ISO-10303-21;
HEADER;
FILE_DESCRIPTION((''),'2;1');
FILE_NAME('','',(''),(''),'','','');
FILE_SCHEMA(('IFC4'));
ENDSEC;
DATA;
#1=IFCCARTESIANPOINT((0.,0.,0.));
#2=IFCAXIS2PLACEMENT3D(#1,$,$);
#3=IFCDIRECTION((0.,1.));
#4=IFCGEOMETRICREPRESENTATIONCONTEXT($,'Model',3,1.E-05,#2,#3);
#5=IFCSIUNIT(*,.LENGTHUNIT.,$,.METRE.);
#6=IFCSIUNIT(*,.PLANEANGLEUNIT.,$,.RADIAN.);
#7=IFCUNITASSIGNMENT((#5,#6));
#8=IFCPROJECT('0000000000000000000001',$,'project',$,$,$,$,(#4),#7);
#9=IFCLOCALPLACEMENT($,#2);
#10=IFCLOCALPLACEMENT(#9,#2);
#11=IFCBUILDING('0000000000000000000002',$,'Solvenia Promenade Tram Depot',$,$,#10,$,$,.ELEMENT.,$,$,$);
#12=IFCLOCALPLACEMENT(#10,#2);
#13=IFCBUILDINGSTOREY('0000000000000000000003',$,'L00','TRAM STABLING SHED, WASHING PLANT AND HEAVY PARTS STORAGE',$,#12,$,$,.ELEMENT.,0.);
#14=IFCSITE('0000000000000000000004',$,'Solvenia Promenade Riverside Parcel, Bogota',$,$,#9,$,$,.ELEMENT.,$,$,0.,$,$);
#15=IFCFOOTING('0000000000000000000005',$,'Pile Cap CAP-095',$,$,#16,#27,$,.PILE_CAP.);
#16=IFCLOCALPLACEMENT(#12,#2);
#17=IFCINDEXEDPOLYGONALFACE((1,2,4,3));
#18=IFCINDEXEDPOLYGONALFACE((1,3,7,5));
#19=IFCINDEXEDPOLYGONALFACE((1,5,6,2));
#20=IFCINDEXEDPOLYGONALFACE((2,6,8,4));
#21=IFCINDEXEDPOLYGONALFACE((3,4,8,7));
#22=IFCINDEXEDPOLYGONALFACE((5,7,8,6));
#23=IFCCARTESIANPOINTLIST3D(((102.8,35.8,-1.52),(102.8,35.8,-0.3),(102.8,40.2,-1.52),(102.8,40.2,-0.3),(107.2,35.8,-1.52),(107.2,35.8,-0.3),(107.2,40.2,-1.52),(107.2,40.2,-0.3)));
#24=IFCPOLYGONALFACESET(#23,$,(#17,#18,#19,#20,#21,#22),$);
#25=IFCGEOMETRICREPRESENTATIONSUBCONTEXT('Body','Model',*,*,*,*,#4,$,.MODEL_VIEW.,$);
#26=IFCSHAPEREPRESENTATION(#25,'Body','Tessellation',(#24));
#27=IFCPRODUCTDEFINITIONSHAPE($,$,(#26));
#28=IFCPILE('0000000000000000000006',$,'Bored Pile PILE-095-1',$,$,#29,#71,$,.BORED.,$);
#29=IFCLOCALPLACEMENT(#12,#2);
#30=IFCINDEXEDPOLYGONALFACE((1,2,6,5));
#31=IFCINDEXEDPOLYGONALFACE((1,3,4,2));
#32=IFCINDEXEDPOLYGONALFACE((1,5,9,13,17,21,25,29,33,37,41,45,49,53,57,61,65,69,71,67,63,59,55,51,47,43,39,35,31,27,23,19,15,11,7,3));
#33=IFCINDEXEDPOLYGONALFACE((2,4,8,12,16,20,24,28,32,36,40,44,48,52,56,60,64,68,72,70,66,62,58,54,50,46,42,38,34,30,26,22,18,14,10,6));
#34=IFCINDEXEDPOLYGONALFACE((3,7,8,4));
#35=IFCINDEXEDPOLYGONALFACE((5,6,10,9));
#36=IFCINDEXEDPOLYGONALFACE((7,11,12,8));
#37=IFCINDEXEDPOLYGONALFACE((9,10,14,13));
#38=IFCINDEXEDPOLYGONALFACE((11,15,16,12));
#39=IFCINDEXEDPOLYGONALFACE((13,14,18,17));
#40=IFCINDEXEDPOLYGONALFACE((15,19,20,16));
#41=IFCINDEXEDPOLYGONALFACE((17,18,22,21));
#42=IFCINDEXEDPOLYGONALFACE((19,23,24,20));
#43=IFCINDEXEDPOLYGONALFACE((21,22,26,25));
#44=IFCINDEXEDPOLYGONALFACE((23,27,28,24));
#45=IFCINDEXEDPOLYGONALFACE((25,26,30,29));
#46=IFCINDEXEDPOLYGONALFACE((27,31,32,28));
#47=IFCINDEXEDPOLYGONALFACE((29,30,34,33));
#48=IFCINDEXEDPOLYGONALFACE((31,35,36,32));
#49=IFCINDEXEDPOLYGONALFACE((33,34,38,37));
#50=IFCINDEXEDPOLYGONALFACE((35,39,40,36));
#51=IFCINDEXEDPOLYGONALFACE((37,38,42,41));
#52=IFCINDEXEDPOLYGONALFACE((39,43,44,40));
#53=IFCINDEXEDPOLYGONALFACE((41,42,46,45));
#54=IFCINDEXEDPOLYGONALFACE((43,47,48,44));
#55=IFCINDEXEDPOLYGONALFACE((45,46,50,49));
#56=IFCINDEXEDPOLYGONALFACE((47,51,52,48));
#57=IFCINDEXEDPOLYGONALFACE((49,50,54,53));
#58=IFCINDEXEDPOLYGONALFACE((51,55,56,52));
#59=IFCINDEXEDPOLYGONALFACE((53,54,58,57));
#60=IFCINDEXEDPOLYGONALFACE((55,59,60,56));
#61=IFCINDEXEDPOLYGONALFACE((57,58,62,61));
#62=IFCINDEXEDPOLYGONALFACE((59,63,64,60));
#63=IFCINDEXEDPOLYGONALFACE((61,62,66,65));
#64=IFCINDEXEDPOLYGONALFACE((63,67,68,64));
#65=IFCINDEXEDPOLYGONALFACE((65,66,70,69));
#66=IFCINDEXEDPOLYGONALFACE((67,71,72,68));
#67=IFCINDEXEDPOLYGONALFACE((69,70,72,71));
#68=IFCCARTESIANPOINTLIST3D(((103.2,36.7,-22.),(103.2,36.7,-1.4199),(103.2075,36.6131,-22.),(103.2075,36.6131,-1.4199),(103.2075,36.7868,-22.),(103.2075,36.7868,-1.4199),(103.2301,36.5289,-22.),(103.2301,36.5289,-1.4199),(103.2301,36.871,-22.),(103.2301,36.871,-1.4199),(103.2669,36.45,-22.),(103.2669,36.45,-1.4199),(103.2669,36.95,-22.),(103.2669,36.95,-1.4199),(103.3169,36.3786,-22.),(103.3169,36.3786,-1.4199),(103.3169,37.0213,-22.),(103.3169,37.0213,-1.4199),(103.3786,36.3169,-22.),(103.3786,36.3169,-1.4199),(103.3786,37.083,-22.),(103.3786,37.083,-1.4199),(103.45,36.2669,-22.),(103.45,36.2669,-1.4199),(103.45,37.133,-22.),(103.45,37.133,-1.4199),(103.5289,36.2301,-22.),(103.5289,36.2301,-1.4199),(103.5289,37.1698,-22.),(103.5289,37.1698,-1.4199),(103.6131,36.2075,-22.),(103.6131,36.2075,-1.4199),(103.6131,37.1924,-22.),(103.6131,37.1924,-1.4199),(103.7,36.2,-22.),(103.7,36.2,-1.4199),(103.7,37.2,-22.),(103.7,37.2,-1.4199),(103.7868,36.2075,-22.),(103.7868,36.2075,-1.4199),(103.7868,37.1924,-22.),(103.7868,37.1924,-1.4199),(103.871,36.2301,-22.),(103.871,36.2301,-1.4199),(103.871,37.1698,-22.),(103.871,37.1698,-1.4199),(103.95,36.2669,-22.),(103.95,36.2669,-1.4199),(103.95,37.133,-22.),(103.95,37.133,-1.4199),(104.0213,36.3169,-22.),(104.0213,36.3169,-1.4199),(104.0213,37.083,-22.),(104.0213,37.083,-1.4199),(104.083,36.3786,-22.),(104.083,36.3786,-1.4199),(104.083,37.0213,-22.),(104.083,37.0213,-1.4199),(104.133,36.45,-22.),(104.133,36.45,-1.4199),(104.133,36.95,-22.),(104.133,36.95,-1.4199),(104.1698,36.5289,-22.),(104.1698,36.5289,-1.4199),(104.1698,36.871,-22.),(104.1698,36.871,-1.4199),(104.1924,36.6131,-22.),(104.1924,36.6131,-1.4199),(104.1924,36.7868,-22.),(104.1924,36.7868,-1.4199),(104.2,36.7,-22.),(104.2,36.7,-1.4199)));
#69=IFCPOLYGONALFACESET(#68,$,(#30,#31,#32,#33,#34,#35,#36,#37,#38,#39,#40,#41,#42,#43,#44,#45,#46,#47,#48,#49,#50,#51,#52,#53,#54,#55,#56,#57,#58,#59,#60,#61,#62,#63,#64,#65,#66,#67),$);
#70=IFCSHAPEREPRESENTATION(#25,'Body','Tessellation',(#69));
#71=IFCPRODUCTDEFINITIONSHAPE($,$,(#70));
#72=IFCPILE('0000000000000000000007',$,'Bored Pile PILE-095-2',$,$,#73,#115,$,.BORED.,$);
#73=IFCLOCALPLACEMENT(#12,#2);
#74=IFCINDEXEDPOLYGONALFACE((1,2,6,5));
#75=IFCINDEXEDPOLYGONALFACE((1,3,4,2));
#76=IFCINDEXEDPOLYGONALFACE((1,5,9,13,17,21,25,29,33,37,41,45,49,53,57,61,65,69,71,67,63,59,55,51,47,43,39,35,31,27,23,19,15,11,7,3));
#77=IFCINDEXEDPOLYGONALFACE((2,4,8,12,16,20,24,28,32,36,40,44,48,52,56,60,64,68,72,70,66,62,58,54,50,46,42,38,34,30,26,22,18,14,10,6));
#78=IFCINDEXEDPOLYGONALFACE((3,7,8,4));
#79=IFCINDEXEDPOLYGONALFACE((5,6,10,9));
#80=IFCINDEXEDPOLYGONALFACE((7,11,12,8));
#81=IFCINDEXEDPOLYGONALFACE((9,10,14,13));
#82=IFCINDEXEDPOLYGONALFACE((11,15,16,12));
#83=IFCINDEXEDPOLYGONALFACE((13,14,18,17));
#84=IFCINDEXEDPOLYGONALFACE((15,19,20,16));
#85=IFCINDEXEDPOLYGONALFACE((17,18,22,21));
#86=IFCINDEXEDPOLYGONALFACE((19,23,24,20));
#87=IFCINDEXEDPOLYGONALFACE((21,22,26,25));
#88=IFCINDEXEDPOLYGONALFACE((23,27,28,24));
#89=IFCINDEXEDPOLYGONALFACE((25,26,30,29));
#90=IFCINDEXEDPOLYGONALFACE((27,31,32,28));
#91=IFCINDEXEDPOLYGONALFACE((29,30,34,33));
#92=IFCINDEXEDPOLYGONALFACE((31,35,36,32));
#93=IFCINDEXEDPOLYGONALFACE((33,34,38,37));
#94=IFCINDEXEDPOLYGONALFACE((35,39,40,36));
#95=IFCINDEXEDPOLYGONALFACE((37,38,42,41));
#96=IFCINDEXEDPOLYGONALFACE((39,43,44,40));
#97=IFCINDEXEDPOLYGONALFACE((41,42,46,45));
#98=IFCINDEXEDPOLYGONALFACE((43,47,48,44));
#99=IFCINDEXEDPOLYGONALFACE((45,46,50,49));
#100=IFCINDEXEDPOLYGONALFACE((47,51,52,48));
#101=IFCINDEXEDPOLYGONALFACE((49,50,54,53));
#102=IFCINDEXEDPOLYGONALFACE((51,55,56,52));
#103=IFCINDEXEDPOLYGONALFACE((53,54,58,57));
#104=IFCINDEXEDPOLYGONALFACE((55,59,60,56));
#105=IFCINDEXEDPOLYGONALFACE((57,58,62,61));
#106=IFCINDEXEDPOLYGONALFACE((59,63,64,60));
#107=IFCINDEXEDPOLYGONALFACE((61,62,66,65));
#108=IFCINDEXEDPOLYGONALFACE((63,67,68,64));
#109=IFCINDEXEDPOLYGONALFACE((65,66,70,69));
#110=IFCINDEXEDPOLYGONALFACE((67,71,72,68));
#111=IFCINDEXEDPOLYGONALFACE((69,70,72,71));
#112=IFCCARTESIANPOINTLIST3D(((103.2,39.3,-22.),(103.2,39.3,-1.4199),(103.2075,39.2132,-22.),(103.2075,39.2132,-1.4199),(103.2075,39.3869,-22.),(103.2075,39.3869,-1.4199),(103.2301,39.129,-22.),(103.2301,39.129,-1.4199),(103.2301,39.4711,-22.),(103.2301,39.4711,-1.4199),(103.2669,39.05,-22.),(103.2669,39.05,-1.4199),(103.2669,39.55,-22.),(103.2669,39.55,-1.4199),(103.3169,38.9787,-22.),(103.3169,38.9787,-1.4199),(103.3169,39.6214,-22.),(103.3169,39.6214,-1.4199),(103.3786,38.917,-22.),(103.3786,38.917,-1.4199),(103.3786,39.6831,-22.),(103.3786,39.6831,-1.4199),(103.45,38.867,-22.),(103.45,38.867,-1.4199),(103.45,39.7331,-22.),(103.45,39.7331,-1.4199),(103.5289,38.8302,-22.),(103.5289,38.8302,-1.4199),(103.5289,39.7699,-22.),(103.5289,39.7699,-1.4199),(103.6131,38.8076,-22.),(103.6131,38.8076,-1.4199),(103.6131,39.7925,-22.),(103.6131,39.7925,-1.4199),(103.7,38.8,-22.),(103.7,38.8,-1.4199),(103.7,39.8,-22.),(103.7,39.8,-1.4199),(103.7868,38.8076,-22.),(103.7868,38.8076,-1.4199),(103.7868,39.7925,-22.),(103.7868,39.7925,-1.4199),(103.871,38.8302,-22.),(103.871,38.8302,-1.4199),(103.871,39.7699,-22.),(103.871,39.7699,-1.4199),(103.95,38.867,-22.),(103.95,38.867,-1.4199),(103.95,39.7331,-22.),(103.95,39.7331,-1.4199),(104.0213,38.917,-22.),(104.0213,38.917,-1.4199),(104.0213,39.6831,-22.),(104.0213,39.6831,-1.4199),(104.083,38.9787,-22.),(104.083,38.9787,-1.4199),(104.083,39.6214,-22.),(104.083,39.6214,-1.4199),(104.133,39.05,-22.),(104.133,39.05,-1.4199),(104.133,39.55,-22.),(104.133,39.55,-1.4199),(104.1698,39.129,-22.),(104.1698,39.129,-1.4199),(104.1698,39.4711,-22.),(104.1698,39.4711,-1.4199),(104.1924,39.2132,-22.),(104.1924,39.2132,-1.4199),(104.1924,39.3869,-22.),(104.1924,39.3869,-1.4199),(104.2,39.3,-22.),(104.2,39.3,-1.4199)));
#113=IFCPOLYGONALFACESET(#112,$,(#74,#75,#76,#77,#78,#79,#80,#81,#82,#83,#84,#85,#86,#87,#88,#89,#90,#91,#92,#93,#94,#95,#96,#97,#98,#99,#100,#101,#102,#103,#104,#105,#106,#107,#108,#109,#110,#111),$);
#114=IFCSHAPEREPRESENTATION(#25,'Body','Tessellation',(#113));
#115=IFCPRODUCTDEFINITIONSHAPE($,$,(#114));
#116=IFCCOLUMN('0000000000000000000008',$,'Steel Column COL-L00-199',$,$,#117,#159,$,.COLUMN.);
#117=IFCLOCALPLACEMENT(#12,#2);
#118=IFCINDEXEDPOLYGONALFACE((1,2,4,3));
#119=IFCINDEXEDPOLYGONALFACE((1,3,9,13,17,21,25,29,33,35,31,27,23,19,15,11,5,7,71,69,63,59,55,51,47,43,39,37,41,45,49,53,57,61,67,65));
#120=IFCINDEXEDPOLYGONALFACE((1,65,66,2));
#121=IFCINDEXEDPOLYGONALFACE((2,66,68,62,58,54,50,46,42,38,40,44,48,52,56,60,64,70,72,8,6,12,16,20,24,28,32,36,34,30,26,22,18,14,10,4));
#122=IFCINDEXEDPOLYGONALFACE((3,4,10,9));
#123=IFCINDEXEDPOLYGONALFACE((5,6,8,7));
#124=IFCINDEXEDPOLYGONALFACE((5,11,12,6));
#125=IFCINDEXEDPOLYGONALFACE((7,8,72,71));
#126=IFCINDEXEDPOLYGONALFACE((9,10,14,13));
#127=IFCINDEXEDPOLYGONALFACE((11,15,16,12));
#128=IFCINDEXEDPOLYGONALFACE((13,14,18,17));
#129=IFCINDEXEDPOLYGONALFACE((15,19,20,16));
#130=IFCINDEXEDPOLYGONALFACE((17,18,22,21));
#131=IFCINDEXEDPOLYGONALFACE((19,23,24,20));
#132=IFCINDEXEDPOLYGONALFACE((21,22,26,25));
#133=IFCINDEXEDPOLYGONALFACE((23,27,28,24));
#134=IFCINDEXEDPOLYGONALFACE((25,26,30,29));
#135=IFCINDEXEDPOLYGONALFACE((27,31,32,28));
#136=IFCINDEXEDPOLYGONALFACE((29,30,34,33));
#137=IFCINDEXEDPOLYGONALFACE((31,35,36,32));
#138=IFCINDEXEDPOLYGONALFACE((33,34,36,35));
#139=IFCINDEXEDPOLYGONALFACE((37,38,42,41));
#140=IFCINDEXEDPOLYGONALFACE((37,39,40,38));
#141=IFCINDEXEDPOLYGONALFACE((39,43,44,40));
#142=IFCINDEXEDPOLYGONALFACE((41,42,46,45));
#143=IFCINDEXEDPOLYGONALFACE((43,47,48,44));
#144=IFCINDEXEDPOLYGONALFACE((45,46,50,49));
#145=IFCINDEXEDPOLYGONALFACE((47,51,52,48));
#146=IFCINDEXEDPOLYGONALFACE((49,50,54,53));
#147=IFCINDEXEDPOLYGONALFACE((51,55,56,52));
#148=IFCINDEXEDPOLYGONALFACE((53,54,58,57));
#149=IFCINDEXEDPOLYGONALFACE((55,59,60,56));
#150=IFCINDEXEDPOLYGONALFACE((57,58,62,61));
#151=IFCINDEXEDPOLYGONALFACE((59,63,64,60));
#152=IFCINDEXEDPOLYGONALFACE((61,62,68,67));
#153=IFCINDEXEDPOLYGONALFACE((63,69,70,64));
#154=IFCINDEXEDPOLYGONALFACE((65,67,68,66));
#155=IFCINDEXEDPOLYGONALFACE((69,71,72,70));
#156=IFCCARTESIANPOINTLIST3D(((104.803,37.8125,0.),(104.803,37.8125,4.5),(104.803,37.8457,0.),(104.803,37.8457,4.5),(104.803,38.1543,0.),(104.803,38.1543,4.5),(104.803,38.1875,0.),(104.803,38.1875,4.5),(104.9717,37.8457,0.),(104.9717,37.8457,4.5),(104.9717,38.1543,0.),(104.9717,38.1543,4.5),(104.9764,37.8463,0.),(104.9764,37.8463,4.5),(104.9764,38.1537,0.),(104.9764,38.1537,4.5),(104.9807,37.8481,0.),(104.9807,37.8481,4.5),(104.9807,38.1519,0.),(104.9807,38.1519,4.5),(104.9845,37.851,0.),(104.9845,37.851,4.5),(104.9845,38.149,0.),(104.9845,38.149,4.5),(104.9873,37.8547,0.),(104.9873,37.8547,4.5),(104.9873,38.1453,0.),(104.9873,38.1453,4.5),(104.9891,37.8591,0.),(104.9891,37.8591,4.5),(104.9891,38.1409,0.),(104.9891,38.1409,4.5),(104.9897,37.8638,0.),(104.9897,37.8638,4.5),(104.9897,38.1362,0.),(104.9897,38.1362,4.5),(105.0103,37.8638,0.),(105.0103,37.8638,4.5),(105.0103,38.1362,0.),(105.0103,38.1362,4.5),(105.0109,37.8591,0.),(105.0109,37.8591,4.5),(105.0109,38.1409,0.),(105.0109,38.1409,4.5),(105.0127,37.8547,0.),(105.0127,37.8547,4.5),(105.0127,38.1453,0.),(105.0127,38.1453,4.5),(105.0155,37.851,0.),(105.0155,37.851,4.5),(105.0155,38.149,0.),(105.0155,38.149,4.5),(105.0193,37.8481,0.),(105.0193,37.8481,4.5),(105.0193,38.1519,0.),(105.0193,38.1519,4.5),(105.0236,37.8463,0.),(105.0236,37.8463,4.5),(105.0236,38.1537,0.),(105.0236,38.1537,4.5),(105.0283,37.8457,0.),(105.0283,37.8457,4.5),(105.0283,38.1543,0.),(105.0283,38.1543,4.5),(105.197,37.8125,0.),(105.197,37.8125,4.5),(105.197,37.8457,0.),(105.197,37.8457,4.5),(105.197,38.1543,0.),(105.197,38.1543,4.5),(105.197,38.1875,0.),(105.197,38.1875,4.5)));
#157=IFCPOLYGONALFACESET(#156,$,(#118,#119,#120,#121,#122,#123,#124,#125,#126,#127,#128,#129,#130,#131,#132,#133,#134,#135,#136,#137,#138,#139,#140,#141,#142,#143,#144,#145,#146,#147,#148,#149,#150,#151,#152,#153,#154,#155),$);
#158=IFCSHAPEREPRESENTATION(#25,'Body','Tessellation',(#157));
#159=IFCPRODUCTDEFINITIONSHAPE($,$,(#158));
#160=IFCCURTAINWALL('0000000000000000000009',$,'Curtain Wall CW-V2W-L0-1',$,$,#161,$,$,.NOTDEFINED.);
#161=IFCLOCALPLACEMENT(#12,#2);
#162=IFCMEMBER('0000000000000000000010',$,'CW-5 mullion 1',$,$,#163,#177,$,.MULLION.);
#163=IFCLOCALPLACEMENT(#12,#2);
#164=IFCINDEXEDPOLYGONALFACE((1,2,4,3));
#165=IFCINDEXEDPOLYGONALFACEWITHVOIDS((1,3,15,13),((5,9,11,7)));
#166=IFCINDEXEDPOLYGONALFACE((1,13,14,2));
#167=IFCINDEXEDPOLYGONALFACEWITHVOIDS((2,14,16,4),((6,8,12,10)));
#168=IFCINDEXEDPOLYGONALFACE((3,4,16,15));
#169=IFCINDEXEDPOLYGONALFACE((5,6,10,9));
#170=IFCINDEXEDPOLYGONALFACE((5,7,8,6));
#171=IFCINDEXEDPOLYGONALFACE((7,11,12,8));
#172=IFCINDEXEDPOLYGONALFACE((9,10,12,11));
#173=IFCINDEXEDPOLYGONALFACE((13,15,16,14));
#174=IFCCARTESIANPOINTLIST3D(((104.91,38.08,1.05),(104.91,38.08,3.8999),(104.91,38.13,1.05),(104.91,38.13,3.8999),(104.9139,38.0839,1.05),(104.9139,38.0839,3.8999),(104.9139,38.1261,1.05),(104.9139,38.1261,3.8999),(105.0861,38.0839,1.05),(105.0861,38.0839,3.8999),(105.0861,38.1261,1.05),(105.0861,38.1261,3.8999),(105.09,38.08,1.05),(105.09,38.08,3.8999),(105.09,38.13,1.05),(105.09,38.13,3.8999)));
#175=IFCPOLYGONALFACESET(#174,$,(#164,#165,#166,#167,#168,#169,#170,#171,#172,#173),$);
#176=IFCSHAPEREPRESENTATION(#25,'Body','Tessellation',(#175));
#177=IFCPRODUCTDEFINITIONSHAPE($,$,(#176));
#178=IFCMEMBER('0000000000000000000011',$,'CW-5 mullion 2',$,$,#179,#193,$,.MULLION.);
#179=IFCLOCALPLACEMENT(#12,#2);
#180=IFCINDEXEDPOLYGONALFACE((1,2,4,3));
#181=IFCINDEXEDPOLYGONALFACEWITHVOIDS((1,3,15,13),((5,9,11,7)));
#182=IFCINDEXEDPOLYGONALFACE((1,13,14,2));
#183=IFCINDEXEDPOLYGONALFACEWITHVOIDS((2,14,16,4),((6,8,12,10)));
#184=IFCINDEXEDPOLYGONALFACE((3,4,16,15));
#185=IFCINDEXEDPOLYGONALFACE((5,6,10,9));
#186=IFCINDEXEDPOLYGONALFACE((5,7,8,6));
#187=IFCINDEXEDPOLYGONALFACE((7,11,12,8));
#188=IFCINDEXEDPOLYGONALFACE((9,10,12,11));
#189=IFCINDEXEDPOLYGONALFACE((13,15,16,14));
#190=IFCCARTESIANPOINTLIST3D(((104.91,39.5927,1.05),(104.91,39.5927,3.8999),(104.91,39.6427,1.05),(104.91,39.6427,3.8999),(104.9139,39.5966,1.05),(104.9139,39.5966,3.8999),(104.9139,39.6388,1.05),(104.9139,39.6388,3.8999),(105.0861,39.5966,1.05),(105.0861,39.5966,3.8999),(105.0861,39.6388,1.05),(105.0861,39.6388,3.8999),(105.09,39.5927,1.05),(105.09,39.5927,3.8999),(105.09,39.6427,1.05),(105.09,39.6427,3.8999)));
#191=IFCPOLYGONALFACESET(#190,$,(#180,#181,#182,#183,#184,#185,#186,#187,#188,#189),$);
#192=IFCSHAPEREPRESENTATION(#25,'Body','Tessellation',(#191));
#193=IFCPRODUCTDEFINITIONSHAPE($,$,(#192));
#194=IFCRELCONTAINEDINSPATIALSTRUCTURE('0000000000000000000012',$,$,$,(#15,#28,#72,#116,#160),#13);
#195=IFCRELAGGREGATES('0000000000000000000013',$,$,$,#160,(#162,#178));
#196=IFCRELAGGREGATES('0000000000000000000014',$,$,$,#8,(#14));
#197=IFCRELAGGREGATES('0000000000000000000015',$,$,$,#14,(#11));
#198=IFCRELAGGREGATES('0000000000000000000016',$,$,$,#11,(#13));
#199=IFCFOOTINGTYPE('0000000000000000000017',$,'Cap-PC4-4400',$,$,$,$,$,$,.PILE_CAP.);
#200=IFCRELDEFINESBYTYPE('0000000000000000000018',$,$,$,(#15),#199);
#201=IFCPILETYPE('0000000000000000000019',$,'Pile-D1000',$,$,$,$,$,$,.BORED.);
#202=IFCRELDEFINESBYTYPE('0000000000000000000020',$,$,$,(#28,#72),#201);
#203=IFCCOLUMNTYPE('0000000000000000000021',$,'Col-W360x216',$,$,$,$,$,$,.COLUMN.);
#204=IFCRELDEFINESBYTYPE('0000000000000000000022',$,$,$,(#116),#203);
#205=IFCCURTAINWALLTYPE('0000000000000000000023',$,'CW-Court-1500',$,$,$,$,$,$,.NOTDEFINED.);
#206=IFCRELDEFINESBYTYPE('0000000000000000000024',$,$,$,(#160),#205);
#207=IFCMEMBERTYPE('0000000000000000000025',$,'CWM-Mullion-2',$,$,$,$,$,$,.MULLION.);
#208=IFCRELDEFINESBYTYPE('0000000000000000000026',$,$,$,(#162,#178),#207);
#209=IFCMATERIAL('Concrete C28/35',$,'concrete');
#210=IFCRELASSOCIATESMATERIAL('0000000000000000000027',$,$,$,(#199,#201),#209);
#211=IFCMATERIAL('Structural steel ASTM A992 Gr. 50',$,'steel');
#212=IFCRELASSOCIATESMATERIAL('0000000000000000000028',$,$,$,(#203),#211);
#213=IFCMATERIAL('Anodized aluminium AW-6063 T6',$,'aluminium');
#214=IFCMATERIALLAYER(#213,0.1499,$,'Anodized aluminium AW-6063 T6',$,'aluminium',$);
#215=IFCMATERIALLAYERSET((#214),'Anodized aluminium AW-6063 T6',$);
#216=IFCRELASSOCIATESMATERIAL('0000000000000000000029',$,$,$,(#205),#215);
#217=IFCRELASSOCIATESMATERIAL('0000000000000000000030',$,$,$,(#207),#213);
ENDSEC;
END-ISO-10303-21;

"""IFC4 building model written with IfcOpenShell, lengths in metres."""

from ifc_helpers import new_model, si_unit, direction, frame, origin, origin_2d, place, context, subcontext, project, spatial, rectangle, hollow_rectangle, circle, i_section, extrude, material, layer, layer_set, material_profile, profile_set, type_object, element, aggregate, save


model = new_model("IFC4")

# Units and contexts
model_context = context("Model", 3, precision=1e-05, world=origin(), true_north=direction((0.0, 1.0)))
body_context = subcontext(model_context, "Body", "Model", "MODEL_VIEW")
ifc_project = project(units=[si_unit("LENGTHUNIT", "METRE"), si_unit("PLANEANGLEUNIT", "RADIAN")], contexts=[model_context])

# Site, building, storey
site_placement = place(None, origin())
site = spatial("IfcSite", under=ifc_project, at=site_placement, Name="Solvenia Promenade Riverside Parcel, Bogota", CompositionType="ELEMENT", RefElevation=0.0)
building_placement = place(site_placement, origin())
building = spatial("IfcBuilding", under=site, at=building_placement, Name="Solvenia Promenade Tram Depot", CompositionType="ELEMENT")
storey_placement = place(building_placement, origin())
storey = spatial("IfcBuildingStorey", under=building, at=storey_placement, Name="L00", Description="TRAM STABLING SHED, WASHING PLANT AND HEAVY PARTS STORAGE", CompositionType="ELEMENT", Elevation=0.0)

# Footing
ifc_material_1 = material(Name="Concrete C28/35", Category="concrete")
footing_type = type_object("IfcFootingType", Name="Cap-PC4-4400", PredefinedType="PILE_CAP", material=ifc_material_1)
footing_placement = place(storey_placement, frame((105.0, 38.0, -1.52), z_axis=(0.0, 0.0, 1.0), x_axis=(1.0, 0.0, 0.0)))
element("IfcFooting", 1, at=footing_placement, inside=storey, type_object=footing_type, Name="Pile Cap CAP-095", PredefinedType="PILE_CAP", context=body_context, shape_type="SweptSolid", body=[
    extrude(rectangle(XDim=4.3999, YDim=4.3999, at=origin_2d()), origin(), (0.0, 0.0, 1.0), 1.22),
])

# Piles
ifc_material_profile_1 = material_profile(ifc_material_1, circle(Radius=0.5, at=origin_2d()), Name="D1000", Category="concrete")
ifc_profile_set_1 = profile_set([ifc_material_profile_1], Name="Concrete C28/35")
pile_type = type_object("IfcPileType", Name="Pile-D1000", PredefinedType="BORED", material=ifc_profile_set_1)
for number, where, z_axis, x_axis, name in (
    (2, (103.7, 36.7, -1.4199), (0.0, 0.0, -1.0), (1.0, 0.0, 0.0), "Bored Pile PILE-095-1"),
    (3, (103.7, 39.3, -1.4199), (0.0, 0.0, -1.0), (1.0, 0.0, 0.0), "Bored Pile PILE-095-2"),
):
    element("IfcPile", number, at=place(storey_placement, frame(where, z_axis=z_axis, x_axis=x_axis)), inside=storey, type_object=pile_type, Name=name, PredefinedType="BORED", context=body_context, shape_type="SweptSolid", body=[
        extrude(circle(Radius=0.5, at=origin_2d()), origin(), (0.0, 0.0, 1.0), 20.5801),
    ])

# Column
ifc_material_2 = material(Name="Structural steel ASTM A992 Gr. 50", Category="steel")
ifc_material_profile_2 = material_profile(ifc_material_2, i_section(OverallWidth=0.394, OverallDepth=0.375, WebThickness=0.0205, FlangeThickness=0.0332, FilletRadius=0.0181, at=origin_2d()), Name="W360x216", Category="steel")
ifc_profile_set_2 = profile_set([ifc_material_profile_2], Name="Structural steel ASTM A992 Gr. 50")
column_type = type_object("IfcColumnType", Name="Col-W360x216", PredefinedType="COLUMN", material=ifc_profile_set_2)
column_placement = place(storey_placement, frame((105.0, 38.0, 0.0), z_axis=(0.0, 0.0, 1.0), x_axis=(1.0, 0.0, 0.0)))
element("IfcColumn", 4, at=column_placement, inside=storey, type_object=column_type, Name="Steel Column COL-L00-199", PredefinedType="COLUMN", context=body_context, shape_type="SweptSolid", body=[
    extrude(i_section(OverallWidth=0.394, OverallDepth=0.375, WebThickness=0.0205, FlangeThickness=0.0332, FilletRadius=0.0181, at=origin_2d()), origin(), (0.0, 0.0, 1.0), 4.5),
])

# Curtain wall, members
ifc_material_3 = material(Name="Anodized aluminium AW-6063 T6", Category="aluminium")
ifc_layer_1 = layer(ifc_material_3, 0.1499, Name="Anodized aluminium AW-6063 T6", Category="aluminium")
ifc_layer_set_1 = layer_set([ifc_layer_1], Name="Anodized aluminium AW-6063 T6")
curtain_wall_type = type_object("IfcCurtainWallType", Name="CW-Court-1500", PredefinedType="NOTDEFINED", material=ifc_layer_set_1)
curtain_wall_placement = place(storey_placement, origin())
curtain_wall = element("IfcCurtainWall", 5, at=curtain_wall_placement, inside=storey, type_object=curtain_wall_type, Name="Curtain Wall CW-V2W-L0-1", PredefinedType="NOTDEFINED")
ifc_material_profile_3 = material_profile(ifc_material_3, hollow_rectangle(XDim=0.1799, YDim=0.05, WallThickness=0.0039, at=origin_2d()), Name="ALU-M2", Category="aluminium")
ifc_profile_set_3 = profile_set([ifc_material_profile_3], Name="Anodized aluminium AW-6063 T6")
member_type_1 = type_object("IfcMemberType", Name="CWM-Mullion-2", PredefinedType="MULLION", material=ifc_profile_set_3)
member_1_placement = place(storey_placement, frame((105.0, 38.105, 1.05), z_axis=(0.0, 0.0, 1.0), x_axis=(-1.0, 0.0, 0.0)))
member_1 = element("IfcMember", 6, at=member_1_placement, type_object=member_type_1, Name="CW-5 mullion 1", PredefinedType="MULLION", context=body_context, shape_type="SweptSolid", body=[
    extrude(hollow_rectangle(XDim=0.1799, YDim=0.05, WallThickness=0.0039, at=origin_2d()), origin(), (0.0, 0.0, 1.0), 2.8499),
])
member_2_placement = place(storey_placement, frame((105.0, 39.6177, 1.05), z_axis=(0.0, 0.0, 1.0), x_axis=(-1.0, 0.0, 0.0)))
member_2 = element("IfcMember", 7, at=member_2_placement, type_object=member_type_1, Name="CW-5 mullion 2", PredefinedType="MULLION", context=body_context, shape_type="SweptSolid", body=[
    extrude(hollow_rectangle(XDim=0.1799, YDim=0.05, WallThickness=0.0039, at=origin_2d()), origin(), (0.0, 0.0, 1.0), 2.8499),
])
aggregate(curtain_wall, [member_1, member_2])

save(model, "model.ifc")
